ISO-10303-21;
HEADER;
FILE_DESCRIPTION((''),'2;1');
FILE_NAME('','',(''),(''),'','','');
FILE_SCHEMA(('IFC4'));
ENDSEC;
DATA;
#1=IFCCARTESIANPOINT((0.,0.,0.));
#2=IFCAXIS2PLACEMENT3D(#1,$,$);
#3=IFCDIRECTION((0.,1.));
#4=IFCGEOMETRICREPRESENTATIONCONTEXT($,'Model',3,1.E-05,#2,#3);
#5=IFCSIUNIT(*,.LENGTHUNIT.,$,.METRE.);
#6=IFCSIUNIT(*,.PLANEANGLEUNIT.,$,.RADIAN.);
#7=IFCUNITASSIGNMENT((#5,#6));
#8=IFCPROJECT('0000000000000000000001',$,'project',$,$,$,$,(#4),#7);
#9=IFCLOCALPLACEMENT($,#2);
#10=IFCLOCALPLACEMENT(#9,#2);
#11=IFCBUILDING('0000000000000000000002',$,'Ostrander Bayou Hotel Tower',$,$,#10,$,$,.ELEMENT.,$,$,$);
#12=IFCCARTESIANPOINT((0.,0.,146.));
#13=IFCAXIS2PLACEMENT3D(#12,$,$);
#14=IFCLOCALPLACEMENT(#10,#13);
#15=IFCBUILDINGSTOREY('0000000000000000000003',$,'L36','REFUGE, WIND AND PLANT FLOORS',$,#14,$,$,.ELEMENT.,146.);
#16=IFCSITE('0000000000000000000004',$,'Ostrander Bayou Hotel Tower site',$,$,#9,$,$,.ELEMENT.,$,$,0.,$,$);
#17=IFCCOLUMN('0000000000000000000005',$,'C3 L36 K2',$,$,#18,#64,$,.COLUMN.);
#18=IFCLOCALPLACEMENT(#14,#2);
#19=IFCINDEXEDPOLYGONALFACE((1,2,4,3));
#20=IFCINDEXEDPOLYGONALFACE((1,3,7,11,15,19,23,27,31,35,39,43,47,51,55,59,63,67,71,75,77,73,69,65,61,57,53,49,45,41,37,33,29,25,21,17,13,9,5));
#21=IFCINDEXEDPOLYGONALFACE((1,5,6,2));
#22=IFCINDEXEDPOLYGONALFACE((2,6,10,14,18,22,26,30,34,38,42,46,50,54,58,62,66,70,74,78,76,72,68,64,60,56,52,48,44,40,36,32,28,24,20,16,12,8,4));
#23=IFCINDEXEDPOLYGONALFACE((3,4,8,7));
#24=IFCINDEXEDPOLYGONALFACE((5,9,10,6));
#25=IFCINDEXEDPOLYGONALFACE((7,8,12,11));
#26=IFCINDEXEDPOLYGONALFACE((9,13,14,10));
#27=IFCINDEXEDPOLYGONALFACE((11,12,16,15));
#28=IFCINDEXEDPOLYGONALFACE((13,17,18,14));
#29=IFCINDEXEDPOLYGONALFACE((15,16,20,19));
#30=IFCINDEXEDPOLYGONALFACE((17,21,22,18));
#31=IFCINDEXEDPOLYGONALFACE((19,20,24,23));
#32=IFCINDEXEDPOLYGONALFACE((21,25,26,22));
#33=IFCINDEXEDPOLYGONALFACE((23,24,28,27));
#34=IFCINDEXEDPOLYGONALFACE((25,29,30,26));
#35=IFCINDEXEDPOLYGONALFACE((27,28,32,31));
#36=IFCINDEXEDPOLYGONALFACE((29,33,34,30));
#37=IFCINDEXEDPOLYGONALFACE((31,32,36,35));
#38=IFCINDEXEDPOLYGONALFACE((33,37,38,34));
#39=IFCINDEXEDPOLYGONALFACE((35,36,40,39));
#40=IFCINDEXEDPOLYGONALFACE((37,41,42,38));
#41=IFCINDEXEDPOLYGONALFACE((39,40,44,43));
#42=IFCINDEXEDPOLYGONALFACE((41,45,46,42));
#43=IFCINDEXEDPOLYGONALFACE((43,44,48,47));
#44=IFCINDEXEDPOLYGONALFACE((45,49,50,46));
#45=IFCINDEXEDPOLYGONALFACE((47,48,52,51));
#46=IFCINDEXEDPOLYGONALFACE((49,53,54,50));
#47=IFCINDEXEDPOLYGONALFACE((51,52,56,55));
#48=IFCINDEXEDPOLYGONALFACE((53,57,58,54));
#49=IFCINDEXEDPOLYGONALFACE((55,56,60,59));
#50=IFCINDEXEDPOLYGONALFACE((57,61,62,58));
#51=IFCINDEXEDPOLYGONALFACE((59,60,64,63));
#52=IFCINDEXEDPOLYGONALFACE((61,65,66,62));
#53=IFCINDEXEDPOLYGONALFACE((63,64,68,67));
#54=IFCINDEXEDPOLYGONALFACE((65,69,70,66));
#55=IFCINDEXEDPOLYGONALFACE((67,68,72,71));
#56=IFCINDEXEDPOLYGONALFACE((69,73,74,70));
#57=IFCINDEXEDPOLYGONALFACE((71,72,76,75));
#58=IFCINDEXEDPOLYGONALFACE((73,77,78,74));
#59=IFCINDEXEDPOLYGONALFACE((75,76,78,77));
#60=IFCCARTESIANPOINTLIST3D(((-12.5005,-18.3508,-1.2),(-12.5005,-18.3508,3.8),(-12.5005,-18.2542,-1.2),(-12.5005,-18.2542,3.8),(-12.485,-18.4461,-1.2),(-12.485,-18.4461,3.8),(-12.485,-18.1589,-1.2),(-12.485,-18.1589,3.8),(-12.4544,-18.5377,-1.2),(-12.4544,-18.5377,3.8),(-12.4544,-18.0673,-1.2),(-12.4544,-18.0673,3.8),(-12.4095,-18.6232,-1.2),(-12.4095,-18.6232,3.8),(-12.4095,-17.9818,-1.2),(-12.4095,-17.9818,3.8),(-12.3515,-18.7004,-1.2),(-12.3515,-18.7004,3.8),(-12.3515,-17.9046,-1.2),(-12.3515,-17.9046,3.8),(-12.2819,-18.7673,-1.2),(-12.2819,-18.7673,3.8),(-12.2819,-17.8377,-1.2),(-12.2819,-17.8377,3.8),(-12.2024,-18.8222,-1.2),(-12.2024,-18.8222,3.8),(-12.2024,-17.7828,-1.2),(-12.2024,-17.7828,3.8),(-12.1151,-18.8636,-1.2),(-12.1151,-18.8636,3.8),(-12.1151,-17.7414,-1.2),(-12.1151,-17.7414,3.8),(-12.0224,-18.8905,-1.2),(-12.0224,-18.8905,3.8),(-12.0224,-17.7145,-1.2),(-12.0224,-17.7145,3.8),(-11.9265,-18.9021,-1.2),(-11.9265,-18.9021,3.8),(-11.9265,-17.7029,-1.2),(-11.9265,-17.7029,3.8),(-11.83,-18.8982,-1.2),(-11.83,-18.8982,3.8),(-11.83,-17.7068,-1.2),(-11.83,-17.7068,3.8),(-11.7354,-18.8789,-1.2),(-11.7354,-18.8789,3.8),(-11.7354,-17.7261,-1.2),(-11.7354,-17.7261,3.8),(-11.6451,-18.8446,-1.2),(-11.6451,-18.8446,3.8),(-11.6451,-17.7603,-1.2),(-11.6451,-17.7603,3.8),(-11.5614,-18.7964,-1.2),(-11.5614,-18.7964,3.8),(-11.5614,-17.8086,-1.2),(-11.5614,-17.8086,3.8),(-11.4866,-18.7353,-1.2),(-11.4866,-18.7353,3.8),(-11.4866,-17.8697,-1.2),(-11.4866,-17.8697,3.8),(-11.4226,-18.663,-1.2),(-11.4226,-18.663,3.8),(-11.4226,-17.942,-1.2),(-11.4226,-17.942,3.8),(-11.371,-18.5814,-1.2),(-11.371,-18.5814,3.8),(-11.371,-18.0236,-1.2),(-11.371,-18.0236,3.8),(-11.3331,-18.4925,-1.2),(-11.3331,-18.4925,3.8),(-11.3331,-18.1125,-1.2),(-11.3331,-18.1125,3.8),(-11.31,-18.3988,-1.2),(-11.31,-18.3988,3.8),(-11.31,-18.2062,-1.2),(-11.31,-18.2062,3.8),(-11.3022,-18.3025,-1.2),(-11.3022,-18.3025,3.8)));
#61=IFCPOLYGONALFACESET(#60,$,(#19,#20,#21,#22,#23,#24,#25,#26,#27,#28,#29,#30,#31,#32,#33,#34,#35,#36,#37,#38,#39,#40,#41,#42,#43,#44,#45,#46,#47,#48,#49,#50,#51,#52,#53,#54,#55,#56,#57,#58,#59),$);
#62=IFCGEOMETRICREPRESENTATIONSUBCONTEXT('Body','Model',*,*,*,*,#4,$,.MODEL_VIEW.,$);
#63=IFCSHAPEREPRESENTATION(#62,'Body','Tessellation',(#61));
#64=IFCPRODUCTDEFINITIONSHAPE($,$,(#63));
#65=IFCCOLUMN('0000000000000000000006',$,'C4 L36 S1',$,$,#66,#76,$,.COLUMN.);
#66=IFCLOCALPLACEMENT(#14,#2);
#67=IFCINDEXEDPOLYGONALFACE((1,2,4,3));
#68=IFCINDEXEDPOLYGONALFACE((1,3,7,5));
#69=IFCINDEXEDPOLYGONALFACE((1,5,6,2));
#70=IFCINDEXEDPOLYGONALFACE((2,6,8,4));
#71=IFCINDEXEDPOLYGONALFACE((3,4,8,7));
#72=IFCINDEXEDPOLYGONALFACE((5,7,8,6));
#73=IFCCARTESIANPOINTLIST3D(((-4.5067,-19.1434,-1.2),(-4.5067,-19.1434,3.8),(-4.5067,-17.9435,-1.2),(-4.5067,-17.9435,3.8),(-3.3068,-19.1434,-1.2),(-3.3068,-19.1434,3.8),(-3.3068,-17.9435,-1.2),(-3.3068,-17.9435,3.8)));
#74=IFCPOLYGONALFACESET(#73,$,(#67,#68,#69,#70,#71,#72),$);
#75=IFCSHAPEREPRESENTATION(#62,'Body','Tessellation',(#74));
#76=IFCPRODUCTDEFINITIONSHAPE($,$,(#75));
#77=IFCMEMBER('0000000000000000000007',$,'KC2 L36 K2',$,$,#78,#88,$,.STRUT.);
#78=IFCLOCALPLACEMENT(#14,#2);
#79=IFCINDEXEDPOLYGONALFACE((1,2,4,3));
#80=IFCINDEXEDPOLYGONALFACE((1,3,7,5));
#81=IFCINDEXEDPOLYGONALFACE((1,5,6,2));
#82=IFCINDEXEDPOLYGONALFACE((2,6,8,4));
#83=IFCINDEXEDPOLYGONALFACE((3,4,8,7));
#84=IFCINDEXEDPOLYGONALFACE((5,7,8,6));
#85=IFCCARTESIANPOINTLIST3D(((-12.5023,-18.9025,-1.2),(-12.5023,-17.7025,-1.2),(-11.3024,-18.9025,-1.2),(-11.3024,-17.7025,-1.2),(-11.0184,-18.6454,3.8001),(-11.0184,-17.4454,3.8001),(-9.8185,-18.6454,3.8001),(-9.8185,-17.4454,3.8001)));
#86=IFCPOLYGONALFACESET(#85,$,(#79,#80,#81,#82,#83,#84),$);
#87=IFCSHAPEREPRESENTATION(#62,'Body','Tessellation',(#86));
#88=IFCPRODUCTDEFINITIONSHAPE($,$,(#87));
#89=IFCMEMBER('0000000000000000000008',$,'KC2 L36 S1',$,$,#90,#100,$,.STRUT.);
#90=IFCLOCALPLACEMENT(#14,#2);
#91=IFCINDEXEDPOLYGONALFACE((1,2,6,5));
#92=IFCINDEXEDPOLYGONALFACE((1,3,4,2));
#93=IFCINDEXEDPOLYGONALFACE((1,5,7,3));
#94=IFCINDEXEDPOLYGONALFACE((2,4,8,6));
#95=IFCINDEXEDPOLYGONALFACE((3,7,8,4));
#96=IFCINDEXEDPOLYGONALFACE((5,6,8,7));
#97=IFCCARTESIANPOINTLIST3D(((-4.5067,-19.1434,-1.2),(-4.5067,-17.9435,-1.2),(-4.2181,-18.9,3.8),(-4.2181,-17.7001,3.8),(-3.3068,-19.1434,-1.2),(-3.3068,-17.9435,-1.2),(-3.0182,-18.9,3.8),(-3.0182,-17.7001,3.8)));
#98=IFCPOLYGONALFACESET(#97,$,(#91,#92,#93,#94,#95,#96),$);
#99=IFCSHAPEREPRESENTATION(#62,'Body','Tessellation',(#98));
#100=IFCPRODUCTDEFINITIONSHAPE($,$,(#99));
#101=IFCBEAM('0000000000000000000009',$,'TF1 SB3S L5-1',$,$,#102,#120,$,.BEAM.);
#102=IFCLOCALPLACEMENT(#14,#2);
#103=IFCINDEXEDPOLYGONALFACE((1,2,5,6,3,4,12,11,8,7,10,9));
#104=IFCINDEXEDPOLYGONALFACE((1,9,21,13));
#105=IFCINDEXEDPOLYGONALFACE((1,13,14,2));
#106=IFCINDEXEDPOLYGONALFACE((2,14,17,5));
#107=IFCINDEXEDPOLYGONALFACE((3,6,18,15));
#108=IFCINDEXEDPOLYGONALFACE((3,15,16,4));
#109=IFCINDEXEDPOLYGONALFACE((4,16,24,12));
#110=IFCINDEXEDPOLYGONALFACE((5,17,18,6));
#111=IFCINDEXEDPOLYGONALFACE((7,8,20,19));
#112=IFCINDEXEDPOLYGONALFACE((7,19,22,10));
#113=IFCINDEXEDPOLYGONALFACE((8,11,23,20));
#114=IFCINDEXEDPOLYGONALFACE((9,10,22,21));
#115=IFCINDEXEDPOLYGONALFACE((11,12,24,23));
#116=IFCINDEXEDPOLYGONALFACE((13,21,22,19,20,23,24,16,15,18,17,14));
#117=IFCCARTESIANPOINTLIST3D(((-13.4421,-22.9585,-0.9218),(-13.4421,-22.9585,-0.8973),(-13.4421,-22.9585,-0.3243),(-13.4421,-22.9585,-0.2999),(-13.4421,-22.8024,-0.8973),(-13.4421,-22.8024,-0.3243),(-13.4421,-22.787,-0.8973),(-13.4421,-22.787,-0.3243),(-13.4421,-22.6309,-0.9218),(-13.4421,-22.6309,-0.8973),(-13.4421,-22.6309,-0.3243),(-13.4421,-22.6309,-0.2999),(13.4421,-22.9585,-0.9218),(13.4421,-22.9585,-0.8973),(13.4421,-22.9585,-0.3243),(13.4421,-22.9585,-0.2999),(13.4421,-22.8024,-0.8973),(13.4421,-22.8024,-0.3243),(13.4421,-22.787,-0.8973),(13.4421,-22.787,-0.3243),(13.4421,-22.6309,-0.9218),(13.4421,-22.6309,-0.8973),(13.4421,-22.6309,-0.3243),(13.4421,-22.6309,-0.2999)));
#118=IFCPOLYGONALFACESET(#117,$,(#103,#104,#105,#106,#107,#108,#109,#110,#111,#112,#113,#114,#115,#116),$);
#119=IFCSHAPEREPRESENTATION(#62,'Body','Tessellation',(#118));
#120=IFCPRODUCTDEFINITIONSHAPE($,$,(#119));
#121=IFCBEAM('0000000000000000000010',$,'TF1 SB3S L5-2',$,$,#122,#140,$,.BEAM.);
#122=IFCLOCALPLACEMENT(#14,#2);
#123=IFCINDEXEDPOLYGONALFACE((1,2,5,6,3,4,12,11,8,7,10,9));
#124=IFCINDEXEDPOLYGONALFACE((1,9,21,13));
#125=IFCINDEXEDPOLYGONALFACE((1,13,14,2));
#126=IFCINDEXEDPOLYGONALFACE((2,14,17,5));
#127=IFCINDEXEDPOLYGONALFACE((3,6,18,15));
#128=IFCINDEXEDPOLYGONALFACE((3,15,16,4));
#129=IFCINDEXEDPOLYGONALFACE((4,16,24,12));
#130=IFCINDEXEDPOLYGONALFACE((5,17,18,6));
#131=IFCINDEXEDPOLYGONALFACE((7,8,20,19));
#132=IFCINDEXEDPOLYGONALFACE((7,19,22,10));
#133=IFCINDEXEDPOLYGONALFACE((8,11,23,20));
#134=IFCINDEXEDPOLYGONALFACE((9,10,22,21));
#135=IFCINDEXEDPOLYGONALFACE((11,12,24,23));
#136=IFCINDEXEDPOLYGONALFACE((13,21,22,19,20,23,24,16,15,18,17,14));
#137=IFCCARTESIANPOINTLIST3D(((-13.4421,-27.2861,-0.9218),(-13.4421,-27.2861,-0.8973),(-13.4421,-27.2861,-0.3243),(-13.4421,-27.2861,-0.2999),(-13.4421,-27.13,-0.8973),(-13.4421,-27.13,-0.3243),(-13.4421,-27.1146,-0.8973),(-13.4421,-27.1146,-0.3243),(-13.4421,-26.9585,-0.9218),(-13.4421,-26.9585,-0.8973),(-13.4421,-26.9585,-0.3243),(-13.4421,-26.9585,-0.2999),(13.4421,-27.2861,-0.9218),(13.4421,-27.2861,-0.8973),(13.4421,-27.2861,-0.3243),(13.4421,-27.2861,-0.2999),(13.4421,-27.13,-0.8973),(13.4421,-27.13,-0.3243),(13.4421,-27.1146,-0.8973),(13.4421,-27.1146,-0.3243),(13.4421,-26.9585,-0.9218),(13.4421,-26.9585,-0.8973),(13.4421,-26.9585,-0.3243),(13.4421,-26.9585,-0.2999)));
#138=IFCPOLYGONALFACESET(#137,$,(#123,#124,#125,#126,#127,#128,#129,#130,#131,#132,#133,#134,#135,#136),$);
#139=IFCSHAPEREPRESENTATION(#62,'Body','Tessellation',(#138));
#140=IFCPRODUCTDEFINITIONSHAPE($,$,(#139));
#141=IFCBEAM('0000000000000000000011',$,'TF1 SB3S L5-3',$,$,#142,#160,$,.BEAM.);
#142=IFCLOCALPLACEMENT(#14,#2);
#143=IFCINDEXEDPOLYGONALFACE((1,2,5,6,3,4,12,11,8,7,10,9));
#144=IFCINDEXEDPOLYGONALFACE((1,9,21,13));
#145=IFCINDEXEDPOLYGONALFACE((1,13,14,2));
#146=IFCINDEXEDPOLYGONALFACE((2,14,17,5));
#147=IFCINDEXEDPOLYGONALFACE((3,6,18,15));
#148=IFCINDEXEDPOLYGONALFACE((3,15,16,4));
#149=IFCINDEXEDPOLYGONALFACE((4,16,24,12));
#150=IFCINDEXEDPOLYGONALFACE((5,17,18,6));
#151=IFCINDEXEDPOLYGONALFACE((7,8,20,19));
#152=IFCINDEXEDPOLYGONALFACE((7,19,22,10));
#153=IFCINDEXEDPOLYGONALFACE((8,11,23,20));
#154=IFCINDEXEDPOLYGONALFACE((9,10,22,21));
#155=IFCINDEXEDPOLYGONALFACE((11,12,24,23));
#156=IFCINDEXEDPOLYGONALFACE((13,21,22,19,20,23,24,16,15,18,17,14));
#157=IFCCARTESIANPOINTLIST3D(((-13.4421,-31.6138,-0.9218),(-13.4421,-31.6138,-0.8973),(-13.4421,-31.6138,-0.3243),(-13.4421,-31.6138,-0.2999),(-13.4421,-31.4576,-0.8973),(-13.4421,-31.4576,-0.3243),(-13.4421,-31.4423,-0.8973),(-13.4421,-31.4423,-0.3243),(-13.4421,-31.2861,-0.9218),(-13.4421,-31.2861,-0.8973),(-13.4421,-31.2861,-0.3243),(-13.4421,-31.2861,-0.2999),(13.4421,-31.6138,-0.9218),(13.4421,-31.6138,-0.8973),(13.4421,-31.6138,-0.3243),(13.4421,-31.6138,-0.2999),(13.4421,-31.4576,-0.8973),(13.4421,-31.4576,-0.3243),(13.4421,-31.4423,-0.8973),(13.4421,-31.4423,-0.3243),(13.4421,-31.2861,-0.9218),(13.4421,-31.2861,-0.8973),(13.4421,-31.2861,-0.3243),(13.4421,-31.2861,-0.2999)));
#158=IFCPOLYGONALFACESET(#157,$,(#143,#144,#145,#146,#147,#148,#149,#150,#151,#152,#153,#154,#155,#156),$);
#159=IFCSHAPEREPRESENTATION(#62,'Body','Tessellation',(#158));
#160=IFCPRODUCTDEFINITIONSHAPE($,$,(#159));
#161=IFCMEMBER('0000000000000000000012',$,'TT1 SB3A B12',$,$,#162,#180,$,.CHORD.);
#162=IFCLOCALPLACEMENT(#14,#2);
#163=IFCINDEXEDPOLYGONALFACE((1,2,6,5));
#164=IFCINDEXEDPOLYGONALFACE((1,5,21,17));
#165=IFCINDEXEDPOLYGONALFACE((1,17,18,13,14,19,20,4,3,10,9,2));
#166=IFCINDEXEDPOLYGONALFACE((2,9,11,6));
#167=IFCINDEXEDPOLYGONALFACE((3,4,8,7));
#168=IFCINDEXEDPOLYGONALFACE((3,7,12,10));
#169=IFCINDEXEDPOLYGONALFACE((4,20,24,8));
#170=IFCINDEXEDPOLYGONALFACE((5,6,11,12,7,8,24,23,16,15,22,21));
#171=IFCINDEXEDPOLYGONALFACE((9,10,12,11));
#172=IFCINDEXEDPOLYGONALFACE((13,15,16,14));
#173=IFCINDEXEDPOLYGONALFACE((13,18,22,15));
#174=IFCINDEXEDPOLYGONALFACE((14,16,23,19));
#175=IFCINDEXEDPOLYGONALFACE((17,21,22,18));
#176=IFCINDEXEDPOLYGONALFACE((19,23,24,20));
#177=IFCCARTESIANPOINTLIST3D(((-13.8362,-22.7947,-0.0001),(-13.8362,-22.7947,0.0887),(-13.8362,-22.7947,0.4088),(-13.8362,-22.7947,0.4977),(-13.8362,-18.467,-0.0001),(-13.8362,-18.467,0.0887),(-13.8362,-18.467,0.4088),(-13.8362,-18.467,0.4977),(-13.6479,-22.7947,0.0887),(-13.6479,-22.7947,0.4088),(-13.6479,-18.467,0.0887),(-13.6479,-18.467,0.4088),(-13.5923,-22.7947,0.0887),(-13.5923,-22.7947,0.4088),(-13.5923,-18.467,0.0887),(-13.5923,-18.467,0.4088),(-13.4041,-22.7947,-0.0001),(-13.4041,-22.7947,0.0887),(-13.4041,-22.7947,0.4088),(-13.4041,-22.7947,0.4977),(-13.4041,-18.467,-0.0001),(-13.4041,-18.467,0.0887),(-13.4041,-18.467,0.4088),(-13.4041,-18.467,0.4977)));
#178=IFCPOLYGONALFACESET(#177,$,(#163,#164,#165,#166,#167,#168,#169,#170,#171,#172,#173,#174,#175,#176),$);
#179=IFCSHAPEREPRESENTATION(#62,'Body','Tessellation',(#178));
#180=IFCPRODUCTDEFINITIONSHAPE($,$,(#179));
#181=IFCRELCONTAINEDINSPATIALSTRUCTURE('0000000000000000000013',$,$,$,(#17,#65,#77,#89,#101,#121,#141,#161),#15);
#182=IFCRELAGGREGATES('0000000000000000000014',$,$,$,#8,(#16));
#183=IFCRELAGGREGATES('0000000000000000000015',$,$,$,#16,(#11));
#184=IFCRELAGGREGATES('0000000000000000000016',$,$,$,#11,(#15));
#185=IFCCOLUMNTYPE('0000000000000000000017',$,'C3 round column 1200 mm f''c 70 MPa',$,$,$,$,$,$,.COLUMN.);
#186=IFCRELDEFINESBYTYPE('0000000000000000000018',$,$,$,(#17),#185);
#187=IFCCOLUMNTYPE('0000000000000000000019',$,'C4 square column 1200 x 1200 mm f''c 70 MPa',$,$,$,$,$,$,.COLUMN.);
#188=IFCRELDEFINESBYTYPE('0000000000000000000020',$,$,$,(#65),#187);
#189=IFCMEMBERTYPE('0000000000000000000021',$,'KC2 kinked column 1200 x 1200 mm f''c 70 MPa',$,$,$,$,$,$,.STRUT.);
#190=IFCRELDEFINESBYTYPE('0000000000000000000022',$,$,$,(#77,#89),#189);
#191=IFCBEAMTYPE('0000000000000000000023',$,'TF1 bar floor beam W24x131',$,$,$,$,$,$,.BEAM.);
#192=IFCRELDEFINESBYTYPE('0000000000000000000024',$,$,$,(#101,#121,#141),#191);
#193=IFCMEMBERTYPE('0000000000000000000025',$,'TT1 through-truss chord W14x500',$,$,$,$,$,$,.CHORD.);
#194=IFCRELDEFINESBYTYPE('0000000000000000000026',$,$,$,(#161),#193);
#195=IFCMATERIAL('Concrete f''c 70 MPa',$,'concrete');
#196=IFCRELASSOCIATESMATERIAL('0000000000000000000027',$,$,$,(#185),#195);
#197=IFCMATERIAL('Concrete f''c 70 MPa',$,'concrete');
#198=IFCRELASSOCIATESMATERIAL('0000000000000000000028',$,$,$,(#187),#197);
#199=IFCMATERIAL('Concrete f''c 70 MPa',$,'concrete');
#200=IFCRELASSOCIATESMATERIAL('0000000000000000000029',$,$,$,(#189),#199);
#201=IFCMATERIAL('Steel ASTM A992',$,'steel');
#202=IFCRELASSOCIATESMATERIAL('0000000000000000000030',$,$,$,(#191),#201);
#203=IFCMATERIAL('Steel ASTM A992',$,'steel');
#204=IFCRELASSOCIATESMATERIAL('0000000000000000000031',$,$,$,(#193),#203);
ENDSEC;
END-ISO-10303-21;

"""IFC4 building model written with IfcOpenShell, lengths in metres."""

from ifc_helpers import new_model, si_unit, direction, frame, origin, origin_2d, place, context, subcontext, project, spatial, rectangle, circle, i_section, extrude, material, material_profile, profile_set, type_object, element, save


model = new_model("IFC4")

# Units and contexts
model_context = context("Model", 3, precision=1e-05, world=origin(), true_north=direction((0.0, 1.0)))
body_context = subcontext(model_context, "Body", "Model", "MODEL_VIEW")
ifc_project = project(units=[si_unit("LENGTHUNIT", "METRE"), si_unit("PLANEANGLEUNIT", "RADIAN")], contexts=[model_context])

# Site, building, storey
site_placement = place(None, origin())
site = spatial("IfcSite", under=ifc_project, at=site_placement, Name="Ostrander Bayou Hotel Tower site", CompositionType="ELEMENT", RefElevation=0.0)
building_placement = place(site_placement, origin())
building = spatial("IfcBuilding", under=site, at=building_placement, Name="Ostrander Bayou Hotel Tower", CompositionType="ELEMENT")
storey_placement = place(building_placement, frame((0.0, 0.0, 146.0)))
storey = spatial("IfcBuildingStorey", under=building, at=storey_placement, Name="L36", Description="REFUGE, WIND AND PLANT FLOORS", CompositionType="ELEMENT", Elevation=146.0)

# Columns
ifc_material_1 = material(Name="Concrete f'c 70 MPa", Category="concrete")
ifc_material_profile_1 = material_profile(ifc_material_1, circle(Radius=0.6001, at=origin_2d()))
ifc_profile_set_1 = profile_set([ifc_material_profile_1], Name="Concrete f'c 70 MPa")
column_type_1 = type_object("IfcColumnType", Name="C3 round column 1200 mm f'c 70 MPa", PredefinedType="COLUMN", material=ifc_profile_set_1)
column_1_placement = place(storey_placement, frame((-11.9023, -18.3025, -1.2), z_axis=(0.0, 0.0, 1.0), x_axis=(1.0, 0.0, 0.0)))
element("IfcColumn", 1, at=column_1_placement, inside=storey, type_object=column_type_1, Name="C3 L36 K2", PredefinedType="COLUMN", context=body_context, shape_type="SweptSolid", body=[
    extrude(circle(Radius=0.6001, at=origin_2d()), origin(), (0.0, 0.0, 1.0), 5.0),
])
ifc_material_2 = material(Name="Concrete f'c 70 MPa", Category="concrete")
ifc_material_profile_2 = material_profile(ifc_material_2, rectangle(XDim=1.2, YDim=1.2, at=origin_2d()))
ifc_profile_set_2 = profile_set([ifc_material_profile_2], Name="Concrete f'c 70 MPa")
column_type_2 = type_object("IfcColumnType", Name="C4 square column 1200 x 1200 mm f'c 70 MPa", PredefinedType="COLUMN", material=ifc_profile_set_2)
column_2_placement = place(storey_placement, frame((-3.9067, -18.5435, -1.2), z_axis=(0.0, 0.0, 1.0), x_axis=(-1.0, 0.0, 0.0)))
element("IfcColumn", 2, at=column_2_placement, inside=storey, type_object=column_type_2, Name="C4 L36 S1", PredefinedType="COLUMN", context=body_context, shape_type="SweptSolid", body=[
    extrude(rectangle(XDim=1.2, YDim=1.2, at=origin_2d()), origin(), (0.0, 0.0, 1.0), 5.0),
])

# Members
ifc_material_3 = material(Name="Concrete f'c 70 MPa", Category="concrete")
ifc_material_profile_3 = material_profile(ifc_material_3, rectangle(XDim=1.2, YDim=1.2, at=origin_2d()))
ifc_profile_set_3 = profile_set([ifc_material_profile_3], Name="Concrete f'c 70 MPa")
member_type_1 = type_object("IfcMemberType", Name="KC2 kinked column 1200 x 1200 mm f'c 70 MPa", PredefinedType="STRUT", material=ifc_profile_set_3)
member_1_placement = place(storey_placement, frame((-11.9023, -18.3025, -1.2), z_axis=(0.0, 0.0, 1.0), x_axis=(1.0, 0.0, 0.0)))
element("IfcMember", 3, at=member_1_placement, inside=storey, type_object=member_type_1, Name="KC2 L36 K2", PredefinedType="STRUT", context=body_context, shape_type="SweptSolid", body=[
    extrude(rectangle(XDim=1.2, YDim=1.2, at=origin_2d()), origin(), (0.284167, 0.049231, 0.95751), 5.2219),
])
member_2_placement = place(storey_placement, frame((-3.9067, -18.5435, -1.2), z_axis=(0.0, 0.0, 1.0), x_axis=(-1.0, 0.0, 0.0)))
element("IfcMember", 4, at=member_2_placement, inside=storey, type_object=member_type_1, Name="KC2 L36 S1", PredefinedType="STRUT", context=body_context, shape_type="SweptSolid", body=[
    extrude(rectangle(XDim=1.2, YDim=1.2, at=origin_2d()), origin(), (-0.057551, -0.048543, 0.997162), 5.0142),
])

# Beams
ifc_material_4 = material(Name="Steel ASTM A992", Category="steel")
ifc_material_profile_4 = material_profile(ifc_material_4, i_section(OverallWidth=0.3276, OverallDepth=0.6218, WebThickness=0.0154, FlangeThickness=0.0244, at=origin_2d()))
ifc_profile_set_4 = profile_set([ifc_material_profile_4], Name="Steel ASTM A992")
beam_type = type_object("IfcBeamType", Name="TF1 bar floor beam W24x131", PredefinedType="BEAM", material=ifc_profile_set_4)
for number, where, z_axis, x_axis, name in (
    (5, (-13.4421, -22.7947, -0.6108), (1.0, 0.0, 0.0), (0.0, 1.0, 0.0), "TF1 SB3S L5-1"),
    (6, (-13.4421, -27.1223, -0.6108), (1.0, 0.0, 0.0), (0.0, 1.0, 0.0), "TF1 SB3S L5-2"),
    (7, (-13.4421, -31.45, -0.6108), (1.0, 0.0, 0.0), (0.0, 1.0, 0.0), "TF1 SB3S L5-3"),
):
    element("IfcBeam", number, at=place(storey_placement, frame(where, z_axis=z_axis, x_axis=x_axis)), inside=storey, type_object=beam_type, Name=name, PredefinedType="BEAM", context=body_context, shape_type="SweptSolid", body=[
        extrude(i_section(OverallWidth=0.3276, OverallDepth=0.6218, WebThickness=0.0154, FlangeThickness=0.0244, at=origin_2d()), origin(), (0.0, 0.0, 1.0), 26.8843),
    ])

# Member
ifc_material_5 = material(Name="Steel ASTM A992", Category="steel")
ifc_material_profile_5 = material_profile(ifc_material_5, i_section(OverallWidth=0.4321, OverallDepth=0.4978, WebThickness=0.0557, FlangeThickness=0.0889, at=origin_2d()))
ifc_profile_set_5 = profile_set([ifc_material_profile_5], Name="Steel ASTM A992")
member_type_2 = type_object("IfcMemberType", Name="TT1 through-truss chord W14x500", PredefinedType="CHORD", material=ifc_profile_set_5)
for number, where, z_axis, x_axis, name in (
    (8, (-13.6201, -18.467, 0.2488), (0.0, -1.0, 0.0), (1.0, 0.0, 0.0), "TT1 SB3A B12"),
):
    element("IfcMember", number, at=place(storey_placement, frame(where, z_axis=z_axis, x_axis=x_axis)), inside=storey, type_object=member_type_2, Name=name, PredefinedType="CHORD", context=body_context, shape_type="SweptSolid", body=[
        extrude(i_section(OverallWidth=0.4321, OverallDepth=0.4978, WebThickness=0.0557, FlangeThickness=0.0889, at=origin_2d()), origin(), (0.0, 0.0, 1.0), 4.3276),
    ])

save(model, "model.ifc")
